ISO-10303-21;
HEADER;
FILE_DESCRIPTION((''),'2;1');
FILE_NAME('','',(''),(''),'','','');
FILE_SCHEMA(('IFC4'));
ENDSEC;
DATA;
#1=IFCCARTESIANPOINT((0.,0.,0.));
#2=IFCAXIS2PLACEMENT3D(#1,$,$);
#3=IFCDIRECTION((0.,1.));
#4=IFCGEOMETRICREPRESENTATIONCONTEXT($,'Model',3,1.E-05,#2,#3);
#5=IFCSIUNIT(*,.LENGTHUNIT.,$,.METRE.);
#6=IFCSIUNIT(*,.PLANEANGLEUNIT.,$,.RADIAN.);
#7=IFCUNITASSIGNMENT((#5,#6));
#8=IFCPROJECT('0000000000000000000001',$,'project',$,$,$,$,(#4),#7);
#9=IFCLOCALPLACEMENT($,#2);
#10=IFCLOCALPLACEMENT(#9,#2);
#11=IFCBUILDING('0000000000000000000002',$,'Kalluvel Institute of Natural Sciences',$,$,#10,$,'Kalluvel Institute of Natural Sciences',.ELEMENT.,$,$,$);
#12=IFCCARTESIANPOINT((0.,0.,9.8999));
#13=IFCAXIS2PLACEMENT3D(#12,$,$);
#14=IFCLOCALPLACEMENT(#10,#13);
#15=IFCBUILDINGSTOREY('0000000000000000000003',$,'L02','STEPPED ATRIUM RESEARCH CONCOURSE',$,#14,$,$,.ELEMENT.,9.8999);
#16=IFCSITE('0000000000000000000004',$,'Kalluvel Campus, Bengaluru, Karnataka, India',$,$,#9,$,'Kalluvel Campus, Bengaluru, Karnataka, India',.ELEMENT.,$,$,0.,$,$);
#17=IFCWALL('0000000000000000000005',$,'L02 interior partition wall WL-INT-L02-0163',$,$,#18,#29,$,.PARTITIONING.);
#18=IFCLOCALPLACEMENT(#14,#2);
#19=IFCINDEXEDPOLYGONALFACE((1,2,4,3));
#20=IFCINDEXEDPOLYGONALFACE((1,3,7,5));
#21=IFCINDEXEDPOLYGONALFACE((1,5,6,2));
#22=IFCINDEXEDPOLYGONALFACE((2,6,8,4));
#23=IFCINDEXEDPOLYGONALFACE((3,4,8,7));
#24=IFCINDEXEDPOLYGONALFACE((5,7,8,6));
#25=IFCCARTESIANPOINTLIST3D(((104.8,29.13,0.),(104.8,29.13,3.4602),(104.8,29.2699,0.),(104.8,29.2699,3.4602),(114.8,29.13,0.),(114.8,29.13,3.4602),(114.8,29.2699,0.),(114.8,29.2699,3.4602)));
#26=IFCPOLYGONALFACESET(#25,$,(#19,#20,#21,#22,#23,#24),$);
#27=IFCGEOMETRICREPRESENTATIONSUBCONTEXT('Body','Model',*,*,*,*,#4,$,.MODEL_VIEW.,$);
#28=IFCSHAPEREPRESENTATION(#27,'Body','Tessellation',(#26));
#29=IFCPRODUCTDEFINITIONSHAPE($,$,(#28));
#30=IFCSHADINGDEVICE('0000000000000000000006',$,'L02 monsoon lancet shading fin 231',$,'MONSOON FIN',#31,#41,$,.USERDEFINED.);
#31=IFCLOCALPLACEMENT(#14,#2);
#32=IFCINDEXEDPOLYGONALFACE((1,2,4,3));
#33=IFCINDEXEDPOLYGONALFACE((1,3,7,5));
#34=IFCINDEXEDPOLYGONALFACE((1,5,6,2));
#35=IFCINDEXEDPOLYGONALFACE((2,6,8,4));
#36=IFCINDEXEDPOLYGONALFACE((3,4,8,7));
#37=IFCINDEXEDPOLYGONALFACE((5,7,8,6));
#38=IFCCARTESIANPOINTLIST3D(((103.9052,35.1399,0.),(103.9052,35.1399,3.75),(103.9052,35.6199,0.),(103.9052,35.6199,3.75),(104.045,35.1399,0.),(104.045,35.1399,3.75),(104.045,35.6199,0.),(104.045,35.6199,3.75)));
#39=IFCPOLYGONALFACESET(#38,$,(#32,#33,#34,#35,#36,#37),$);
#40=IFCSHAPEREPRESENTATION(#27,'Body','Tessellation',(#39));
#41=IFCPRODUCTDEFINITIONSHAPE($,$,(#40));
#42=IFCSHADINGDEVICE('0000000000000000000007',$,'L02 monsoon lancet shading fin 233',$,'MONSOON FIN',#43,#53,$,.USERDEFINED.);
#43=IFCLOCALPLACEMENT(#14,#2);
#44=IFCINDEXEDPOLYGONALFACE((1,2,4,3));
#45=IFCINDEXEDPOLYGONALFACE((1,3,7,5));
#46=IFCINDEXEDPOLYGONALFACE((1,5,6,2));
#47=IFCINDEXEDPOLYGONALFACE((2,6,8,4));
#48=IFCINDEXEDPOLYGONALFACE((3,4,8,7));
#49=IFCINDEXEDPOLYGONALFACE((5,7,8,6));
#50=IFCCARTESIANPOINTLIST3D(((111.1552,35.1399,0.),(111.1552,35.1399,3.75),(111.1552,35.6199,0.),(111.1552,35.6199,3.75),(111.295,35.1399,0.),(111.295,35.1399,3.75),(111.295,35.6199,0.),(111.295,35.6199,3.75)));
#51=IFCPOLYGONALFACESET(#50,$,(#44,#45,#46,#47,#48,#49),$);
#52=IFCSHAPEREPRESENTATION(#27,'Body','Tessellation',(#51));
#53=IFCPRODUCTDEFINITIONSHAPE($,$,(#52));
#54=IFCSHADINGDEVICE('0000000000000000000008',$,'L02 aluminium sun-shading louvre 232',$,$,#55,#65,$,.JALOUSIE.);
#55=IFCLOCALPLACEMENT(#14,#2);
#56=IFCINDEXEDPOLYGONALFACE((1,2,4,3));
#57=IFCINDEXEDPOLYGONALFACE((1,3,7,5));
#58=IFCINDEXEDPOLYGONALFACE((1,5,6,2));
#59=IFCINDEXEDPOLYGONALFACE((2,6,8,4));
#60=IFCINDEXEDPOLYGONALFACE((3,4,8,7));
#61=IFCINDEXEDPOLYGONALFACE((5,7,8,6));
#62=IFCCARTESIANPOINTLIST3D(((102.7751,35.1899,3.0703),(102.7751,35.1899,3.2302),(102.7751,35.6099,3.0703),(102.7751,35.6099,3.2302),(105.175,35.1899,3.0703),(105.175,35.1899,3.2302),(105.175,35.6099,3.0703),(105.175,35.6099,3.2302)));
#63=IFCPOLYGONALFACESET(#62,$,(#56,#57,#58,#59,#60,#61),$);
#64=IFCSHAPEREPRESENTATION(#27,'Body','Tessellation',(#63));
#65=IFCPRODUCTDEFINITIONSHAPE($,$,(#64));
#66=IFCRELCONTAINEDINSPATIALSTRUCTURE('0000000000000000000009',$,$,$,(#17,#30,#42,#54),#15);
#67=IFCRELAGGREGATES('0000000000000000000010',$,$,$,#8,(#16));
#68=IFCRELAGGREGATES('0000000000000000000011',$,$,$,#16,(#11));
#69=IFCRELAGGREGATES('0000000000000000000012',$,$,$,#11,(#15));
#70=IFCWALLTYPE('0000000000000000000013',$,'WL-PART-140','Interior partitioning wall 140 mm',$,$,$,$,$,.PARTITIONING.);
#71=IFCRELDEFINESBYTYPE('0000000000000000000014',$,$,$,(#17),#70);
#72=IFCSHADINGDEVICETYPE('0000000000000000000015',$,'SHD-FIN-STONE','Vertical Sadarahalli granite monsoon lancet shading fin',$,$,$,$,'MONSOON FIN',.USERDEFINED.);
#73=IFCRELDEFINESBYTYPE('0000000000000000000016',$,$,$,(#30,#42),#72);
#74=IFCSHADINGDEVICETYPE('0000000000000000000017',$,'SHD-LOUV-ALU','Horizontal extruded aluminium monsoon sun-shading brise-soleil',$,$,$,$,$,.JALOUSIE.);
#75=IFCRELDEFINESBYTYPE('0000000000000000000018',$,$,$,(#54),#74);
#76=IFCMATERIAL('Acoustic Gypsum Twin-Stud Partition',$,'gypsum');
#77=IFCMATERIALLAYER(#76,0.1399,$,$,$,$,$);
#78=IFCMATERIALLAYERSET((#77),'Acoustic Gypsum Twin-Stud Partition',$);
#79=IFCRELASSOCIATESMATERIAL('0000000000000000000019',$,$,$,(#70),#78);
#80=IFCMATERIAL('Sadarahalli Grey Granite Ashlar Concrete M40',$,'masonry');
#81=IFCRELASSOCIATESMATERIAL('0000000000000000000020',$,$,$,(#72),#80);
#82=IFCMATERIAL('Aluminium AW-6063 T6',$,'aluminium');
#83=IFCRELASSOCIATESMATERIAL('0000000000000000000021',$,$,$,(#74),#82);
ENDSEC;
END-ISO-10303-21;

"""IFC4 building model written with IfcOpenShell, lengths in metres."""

from ifc_helpers import new_model, si_unit, direction, frame, frame_2d, origin, origin_2d, place, context, subcontext, project, spatial, rectangle, extrude, material, layer, layer_set, type_object, element, save


model = new_model("IFC4")

# Units and contexts
model_context = context("Model", 3, precision=1e-05, world=origin(), true_north=direction((0.0, 1.0)))
body_context = subcontext(model_context, "Body", "Model", "MODEL_VIEW")
ifc_project = project(units=[si_unit("LENGTHUNIT", "METRE"), si_unit("PLANEANGLEUNIT", "RADIAN")], contexts=[model_context])

# Site, building, storey
site_placement = place(None, origin())
site = spatial("IfcSite", under=ifc_project, at=site_placement, Name="Kalluvel Campus, Bengaluru, Karnataka, India", LongName="Kalluvel Campus, Bengaluru, Karnataka, India", CompositionType="ELEMENT", RefElevation=0.0)
building_placement = place(site_placement, origin())
building = spatial("IfcBuilding", under=site, at=building_placement, Name="Kalluvel Institute of Natural Sciences", LongName="Kalluvel Institute of Natural Sciences", CompositionType="ELEMENT")
storey_placement = place(building_placement, frame((0.0, 0.0, 9.8999)))
storey = spatial("IfcBuildingStorey", under=building, at=storey_placement, Name="L02", Description="STEPPED ATRIUM RESEARCH CONCOURSE", CompositionType="ELEMENT", Elevation=9.8999)

# Shared definitions
ifc_material_1 = material(Name="Aluminium AW-6063 T6", Category="aluminium")

# Wall
ifc_material_2 = material(Name="Acoustic Gypsum Twin-Stud Partition", Category="gypsum")
ifc_layer_1 = layer(ifc_material_2, 0.1399)
ifc_layer_set_1 = layer_set([ifc_layer_1], Name="Acoustic Gypsum Twin-Stud Partition")
wall_type = type_object("IfcWallType", Name="WL-PART-140", Description="Interior partitioning wall 140 mm", PredefinedType="PARTITIONING", material=ifc_layer_set_1)
wall_placement = place(storey_placement, frame((104.8, 29.2, 0.0), z_axis=(0.0, 0.0, 1.0), x_axis=(1.0, 0.0, 0.0)))
element("IfcWall", 1, at=wall_placement, inside=storey, type_object=wall_type, Name="L02 interior partition wall WL-INT-L02-0163", PredefinedType="PARTITIONING", context=body_context, shape_type="SweptSolid", body=[
    extrude(rectangle(XDim=10.0, YDim=0.1399, at=frame_2d((5.0, 0.0))), origin(), (0.0, 0.0, 1.0), 3.4602),
])

# Shading devices
ifc_material_3 = material(Name="Sadarahalli Grey Granite Ashlar Concrete M40", Category="masonry")
shading_device_type_1 = type_object("IfcShadingDeviceType", Name="SHD-FIN-STONE", Description="Vertical Sadarahalli granite monsoon lancet shading fin", ElementType="MONSOON FIN", PredefinedType="USERDEFINED", material=ifc_material_3)
for number, where, z_axis, x_axis, name in (
    (2, (103.9751, 35.3799, 0.0), (0.0, 0.0, 1.0), (1.0, 0.0, 0.0), "L02 monsoon lancet shading fin 231"),
    (3, (111.2251, 35.3799, 0.0), (0.0, 0.0, 1.0), (1.0, 0.0, 0.0), "L02 monsoon lancet shading fin 233"),
):
    element("IfcShadingDevice", number, at=place(storey_placement, frame(where, z_axis=z_axis, x_axis=x_axis)), inside=storey, type_object=shading_device_type_1, Name=name, ObjectType="MONSOON FIN", PredefinedType="USERDEFINED", context=body_context, shape_type="SweptSolid", body=[
        extrude(rectangle(XDim=0.1399, YDim=0.48, at=origin_2d()), origin(), (0.0, 0.0, 1.0), 3.75),
    ])
shading_device_type_2 = type_object("IfcShadingDeviceType", Name="SHD-LOUV-ALU", Description="Horizontal extruded aluminium monsoon sun-shading brise-soleil", PredefinedType="JALOUSIE", material=ifc_material_1)
shading_device_placement = place(storey_placement, frame((103.9751, 35.3999, 3.0703), z_axis=(0.0, 0.0, 1.0), x_axis=(1.0, 0.0, 0.0)))
element("IfcShadingDevice", 4, at=shading_device_placement, inside=storey, type_object=shading_device_type_2, Name="L02 aluminium sun-shading louvre 232", PredefinedType="JALOUSIE", context=body_context, shape_type="SweptSolid", body=[
    extrude(rectangle(XDim=2.3999, YDim=0.4199, at=origin_2d()), origin(), (0.0, 0.0, 1.0), 0.1599),
])

save(model, "model.ifc")
